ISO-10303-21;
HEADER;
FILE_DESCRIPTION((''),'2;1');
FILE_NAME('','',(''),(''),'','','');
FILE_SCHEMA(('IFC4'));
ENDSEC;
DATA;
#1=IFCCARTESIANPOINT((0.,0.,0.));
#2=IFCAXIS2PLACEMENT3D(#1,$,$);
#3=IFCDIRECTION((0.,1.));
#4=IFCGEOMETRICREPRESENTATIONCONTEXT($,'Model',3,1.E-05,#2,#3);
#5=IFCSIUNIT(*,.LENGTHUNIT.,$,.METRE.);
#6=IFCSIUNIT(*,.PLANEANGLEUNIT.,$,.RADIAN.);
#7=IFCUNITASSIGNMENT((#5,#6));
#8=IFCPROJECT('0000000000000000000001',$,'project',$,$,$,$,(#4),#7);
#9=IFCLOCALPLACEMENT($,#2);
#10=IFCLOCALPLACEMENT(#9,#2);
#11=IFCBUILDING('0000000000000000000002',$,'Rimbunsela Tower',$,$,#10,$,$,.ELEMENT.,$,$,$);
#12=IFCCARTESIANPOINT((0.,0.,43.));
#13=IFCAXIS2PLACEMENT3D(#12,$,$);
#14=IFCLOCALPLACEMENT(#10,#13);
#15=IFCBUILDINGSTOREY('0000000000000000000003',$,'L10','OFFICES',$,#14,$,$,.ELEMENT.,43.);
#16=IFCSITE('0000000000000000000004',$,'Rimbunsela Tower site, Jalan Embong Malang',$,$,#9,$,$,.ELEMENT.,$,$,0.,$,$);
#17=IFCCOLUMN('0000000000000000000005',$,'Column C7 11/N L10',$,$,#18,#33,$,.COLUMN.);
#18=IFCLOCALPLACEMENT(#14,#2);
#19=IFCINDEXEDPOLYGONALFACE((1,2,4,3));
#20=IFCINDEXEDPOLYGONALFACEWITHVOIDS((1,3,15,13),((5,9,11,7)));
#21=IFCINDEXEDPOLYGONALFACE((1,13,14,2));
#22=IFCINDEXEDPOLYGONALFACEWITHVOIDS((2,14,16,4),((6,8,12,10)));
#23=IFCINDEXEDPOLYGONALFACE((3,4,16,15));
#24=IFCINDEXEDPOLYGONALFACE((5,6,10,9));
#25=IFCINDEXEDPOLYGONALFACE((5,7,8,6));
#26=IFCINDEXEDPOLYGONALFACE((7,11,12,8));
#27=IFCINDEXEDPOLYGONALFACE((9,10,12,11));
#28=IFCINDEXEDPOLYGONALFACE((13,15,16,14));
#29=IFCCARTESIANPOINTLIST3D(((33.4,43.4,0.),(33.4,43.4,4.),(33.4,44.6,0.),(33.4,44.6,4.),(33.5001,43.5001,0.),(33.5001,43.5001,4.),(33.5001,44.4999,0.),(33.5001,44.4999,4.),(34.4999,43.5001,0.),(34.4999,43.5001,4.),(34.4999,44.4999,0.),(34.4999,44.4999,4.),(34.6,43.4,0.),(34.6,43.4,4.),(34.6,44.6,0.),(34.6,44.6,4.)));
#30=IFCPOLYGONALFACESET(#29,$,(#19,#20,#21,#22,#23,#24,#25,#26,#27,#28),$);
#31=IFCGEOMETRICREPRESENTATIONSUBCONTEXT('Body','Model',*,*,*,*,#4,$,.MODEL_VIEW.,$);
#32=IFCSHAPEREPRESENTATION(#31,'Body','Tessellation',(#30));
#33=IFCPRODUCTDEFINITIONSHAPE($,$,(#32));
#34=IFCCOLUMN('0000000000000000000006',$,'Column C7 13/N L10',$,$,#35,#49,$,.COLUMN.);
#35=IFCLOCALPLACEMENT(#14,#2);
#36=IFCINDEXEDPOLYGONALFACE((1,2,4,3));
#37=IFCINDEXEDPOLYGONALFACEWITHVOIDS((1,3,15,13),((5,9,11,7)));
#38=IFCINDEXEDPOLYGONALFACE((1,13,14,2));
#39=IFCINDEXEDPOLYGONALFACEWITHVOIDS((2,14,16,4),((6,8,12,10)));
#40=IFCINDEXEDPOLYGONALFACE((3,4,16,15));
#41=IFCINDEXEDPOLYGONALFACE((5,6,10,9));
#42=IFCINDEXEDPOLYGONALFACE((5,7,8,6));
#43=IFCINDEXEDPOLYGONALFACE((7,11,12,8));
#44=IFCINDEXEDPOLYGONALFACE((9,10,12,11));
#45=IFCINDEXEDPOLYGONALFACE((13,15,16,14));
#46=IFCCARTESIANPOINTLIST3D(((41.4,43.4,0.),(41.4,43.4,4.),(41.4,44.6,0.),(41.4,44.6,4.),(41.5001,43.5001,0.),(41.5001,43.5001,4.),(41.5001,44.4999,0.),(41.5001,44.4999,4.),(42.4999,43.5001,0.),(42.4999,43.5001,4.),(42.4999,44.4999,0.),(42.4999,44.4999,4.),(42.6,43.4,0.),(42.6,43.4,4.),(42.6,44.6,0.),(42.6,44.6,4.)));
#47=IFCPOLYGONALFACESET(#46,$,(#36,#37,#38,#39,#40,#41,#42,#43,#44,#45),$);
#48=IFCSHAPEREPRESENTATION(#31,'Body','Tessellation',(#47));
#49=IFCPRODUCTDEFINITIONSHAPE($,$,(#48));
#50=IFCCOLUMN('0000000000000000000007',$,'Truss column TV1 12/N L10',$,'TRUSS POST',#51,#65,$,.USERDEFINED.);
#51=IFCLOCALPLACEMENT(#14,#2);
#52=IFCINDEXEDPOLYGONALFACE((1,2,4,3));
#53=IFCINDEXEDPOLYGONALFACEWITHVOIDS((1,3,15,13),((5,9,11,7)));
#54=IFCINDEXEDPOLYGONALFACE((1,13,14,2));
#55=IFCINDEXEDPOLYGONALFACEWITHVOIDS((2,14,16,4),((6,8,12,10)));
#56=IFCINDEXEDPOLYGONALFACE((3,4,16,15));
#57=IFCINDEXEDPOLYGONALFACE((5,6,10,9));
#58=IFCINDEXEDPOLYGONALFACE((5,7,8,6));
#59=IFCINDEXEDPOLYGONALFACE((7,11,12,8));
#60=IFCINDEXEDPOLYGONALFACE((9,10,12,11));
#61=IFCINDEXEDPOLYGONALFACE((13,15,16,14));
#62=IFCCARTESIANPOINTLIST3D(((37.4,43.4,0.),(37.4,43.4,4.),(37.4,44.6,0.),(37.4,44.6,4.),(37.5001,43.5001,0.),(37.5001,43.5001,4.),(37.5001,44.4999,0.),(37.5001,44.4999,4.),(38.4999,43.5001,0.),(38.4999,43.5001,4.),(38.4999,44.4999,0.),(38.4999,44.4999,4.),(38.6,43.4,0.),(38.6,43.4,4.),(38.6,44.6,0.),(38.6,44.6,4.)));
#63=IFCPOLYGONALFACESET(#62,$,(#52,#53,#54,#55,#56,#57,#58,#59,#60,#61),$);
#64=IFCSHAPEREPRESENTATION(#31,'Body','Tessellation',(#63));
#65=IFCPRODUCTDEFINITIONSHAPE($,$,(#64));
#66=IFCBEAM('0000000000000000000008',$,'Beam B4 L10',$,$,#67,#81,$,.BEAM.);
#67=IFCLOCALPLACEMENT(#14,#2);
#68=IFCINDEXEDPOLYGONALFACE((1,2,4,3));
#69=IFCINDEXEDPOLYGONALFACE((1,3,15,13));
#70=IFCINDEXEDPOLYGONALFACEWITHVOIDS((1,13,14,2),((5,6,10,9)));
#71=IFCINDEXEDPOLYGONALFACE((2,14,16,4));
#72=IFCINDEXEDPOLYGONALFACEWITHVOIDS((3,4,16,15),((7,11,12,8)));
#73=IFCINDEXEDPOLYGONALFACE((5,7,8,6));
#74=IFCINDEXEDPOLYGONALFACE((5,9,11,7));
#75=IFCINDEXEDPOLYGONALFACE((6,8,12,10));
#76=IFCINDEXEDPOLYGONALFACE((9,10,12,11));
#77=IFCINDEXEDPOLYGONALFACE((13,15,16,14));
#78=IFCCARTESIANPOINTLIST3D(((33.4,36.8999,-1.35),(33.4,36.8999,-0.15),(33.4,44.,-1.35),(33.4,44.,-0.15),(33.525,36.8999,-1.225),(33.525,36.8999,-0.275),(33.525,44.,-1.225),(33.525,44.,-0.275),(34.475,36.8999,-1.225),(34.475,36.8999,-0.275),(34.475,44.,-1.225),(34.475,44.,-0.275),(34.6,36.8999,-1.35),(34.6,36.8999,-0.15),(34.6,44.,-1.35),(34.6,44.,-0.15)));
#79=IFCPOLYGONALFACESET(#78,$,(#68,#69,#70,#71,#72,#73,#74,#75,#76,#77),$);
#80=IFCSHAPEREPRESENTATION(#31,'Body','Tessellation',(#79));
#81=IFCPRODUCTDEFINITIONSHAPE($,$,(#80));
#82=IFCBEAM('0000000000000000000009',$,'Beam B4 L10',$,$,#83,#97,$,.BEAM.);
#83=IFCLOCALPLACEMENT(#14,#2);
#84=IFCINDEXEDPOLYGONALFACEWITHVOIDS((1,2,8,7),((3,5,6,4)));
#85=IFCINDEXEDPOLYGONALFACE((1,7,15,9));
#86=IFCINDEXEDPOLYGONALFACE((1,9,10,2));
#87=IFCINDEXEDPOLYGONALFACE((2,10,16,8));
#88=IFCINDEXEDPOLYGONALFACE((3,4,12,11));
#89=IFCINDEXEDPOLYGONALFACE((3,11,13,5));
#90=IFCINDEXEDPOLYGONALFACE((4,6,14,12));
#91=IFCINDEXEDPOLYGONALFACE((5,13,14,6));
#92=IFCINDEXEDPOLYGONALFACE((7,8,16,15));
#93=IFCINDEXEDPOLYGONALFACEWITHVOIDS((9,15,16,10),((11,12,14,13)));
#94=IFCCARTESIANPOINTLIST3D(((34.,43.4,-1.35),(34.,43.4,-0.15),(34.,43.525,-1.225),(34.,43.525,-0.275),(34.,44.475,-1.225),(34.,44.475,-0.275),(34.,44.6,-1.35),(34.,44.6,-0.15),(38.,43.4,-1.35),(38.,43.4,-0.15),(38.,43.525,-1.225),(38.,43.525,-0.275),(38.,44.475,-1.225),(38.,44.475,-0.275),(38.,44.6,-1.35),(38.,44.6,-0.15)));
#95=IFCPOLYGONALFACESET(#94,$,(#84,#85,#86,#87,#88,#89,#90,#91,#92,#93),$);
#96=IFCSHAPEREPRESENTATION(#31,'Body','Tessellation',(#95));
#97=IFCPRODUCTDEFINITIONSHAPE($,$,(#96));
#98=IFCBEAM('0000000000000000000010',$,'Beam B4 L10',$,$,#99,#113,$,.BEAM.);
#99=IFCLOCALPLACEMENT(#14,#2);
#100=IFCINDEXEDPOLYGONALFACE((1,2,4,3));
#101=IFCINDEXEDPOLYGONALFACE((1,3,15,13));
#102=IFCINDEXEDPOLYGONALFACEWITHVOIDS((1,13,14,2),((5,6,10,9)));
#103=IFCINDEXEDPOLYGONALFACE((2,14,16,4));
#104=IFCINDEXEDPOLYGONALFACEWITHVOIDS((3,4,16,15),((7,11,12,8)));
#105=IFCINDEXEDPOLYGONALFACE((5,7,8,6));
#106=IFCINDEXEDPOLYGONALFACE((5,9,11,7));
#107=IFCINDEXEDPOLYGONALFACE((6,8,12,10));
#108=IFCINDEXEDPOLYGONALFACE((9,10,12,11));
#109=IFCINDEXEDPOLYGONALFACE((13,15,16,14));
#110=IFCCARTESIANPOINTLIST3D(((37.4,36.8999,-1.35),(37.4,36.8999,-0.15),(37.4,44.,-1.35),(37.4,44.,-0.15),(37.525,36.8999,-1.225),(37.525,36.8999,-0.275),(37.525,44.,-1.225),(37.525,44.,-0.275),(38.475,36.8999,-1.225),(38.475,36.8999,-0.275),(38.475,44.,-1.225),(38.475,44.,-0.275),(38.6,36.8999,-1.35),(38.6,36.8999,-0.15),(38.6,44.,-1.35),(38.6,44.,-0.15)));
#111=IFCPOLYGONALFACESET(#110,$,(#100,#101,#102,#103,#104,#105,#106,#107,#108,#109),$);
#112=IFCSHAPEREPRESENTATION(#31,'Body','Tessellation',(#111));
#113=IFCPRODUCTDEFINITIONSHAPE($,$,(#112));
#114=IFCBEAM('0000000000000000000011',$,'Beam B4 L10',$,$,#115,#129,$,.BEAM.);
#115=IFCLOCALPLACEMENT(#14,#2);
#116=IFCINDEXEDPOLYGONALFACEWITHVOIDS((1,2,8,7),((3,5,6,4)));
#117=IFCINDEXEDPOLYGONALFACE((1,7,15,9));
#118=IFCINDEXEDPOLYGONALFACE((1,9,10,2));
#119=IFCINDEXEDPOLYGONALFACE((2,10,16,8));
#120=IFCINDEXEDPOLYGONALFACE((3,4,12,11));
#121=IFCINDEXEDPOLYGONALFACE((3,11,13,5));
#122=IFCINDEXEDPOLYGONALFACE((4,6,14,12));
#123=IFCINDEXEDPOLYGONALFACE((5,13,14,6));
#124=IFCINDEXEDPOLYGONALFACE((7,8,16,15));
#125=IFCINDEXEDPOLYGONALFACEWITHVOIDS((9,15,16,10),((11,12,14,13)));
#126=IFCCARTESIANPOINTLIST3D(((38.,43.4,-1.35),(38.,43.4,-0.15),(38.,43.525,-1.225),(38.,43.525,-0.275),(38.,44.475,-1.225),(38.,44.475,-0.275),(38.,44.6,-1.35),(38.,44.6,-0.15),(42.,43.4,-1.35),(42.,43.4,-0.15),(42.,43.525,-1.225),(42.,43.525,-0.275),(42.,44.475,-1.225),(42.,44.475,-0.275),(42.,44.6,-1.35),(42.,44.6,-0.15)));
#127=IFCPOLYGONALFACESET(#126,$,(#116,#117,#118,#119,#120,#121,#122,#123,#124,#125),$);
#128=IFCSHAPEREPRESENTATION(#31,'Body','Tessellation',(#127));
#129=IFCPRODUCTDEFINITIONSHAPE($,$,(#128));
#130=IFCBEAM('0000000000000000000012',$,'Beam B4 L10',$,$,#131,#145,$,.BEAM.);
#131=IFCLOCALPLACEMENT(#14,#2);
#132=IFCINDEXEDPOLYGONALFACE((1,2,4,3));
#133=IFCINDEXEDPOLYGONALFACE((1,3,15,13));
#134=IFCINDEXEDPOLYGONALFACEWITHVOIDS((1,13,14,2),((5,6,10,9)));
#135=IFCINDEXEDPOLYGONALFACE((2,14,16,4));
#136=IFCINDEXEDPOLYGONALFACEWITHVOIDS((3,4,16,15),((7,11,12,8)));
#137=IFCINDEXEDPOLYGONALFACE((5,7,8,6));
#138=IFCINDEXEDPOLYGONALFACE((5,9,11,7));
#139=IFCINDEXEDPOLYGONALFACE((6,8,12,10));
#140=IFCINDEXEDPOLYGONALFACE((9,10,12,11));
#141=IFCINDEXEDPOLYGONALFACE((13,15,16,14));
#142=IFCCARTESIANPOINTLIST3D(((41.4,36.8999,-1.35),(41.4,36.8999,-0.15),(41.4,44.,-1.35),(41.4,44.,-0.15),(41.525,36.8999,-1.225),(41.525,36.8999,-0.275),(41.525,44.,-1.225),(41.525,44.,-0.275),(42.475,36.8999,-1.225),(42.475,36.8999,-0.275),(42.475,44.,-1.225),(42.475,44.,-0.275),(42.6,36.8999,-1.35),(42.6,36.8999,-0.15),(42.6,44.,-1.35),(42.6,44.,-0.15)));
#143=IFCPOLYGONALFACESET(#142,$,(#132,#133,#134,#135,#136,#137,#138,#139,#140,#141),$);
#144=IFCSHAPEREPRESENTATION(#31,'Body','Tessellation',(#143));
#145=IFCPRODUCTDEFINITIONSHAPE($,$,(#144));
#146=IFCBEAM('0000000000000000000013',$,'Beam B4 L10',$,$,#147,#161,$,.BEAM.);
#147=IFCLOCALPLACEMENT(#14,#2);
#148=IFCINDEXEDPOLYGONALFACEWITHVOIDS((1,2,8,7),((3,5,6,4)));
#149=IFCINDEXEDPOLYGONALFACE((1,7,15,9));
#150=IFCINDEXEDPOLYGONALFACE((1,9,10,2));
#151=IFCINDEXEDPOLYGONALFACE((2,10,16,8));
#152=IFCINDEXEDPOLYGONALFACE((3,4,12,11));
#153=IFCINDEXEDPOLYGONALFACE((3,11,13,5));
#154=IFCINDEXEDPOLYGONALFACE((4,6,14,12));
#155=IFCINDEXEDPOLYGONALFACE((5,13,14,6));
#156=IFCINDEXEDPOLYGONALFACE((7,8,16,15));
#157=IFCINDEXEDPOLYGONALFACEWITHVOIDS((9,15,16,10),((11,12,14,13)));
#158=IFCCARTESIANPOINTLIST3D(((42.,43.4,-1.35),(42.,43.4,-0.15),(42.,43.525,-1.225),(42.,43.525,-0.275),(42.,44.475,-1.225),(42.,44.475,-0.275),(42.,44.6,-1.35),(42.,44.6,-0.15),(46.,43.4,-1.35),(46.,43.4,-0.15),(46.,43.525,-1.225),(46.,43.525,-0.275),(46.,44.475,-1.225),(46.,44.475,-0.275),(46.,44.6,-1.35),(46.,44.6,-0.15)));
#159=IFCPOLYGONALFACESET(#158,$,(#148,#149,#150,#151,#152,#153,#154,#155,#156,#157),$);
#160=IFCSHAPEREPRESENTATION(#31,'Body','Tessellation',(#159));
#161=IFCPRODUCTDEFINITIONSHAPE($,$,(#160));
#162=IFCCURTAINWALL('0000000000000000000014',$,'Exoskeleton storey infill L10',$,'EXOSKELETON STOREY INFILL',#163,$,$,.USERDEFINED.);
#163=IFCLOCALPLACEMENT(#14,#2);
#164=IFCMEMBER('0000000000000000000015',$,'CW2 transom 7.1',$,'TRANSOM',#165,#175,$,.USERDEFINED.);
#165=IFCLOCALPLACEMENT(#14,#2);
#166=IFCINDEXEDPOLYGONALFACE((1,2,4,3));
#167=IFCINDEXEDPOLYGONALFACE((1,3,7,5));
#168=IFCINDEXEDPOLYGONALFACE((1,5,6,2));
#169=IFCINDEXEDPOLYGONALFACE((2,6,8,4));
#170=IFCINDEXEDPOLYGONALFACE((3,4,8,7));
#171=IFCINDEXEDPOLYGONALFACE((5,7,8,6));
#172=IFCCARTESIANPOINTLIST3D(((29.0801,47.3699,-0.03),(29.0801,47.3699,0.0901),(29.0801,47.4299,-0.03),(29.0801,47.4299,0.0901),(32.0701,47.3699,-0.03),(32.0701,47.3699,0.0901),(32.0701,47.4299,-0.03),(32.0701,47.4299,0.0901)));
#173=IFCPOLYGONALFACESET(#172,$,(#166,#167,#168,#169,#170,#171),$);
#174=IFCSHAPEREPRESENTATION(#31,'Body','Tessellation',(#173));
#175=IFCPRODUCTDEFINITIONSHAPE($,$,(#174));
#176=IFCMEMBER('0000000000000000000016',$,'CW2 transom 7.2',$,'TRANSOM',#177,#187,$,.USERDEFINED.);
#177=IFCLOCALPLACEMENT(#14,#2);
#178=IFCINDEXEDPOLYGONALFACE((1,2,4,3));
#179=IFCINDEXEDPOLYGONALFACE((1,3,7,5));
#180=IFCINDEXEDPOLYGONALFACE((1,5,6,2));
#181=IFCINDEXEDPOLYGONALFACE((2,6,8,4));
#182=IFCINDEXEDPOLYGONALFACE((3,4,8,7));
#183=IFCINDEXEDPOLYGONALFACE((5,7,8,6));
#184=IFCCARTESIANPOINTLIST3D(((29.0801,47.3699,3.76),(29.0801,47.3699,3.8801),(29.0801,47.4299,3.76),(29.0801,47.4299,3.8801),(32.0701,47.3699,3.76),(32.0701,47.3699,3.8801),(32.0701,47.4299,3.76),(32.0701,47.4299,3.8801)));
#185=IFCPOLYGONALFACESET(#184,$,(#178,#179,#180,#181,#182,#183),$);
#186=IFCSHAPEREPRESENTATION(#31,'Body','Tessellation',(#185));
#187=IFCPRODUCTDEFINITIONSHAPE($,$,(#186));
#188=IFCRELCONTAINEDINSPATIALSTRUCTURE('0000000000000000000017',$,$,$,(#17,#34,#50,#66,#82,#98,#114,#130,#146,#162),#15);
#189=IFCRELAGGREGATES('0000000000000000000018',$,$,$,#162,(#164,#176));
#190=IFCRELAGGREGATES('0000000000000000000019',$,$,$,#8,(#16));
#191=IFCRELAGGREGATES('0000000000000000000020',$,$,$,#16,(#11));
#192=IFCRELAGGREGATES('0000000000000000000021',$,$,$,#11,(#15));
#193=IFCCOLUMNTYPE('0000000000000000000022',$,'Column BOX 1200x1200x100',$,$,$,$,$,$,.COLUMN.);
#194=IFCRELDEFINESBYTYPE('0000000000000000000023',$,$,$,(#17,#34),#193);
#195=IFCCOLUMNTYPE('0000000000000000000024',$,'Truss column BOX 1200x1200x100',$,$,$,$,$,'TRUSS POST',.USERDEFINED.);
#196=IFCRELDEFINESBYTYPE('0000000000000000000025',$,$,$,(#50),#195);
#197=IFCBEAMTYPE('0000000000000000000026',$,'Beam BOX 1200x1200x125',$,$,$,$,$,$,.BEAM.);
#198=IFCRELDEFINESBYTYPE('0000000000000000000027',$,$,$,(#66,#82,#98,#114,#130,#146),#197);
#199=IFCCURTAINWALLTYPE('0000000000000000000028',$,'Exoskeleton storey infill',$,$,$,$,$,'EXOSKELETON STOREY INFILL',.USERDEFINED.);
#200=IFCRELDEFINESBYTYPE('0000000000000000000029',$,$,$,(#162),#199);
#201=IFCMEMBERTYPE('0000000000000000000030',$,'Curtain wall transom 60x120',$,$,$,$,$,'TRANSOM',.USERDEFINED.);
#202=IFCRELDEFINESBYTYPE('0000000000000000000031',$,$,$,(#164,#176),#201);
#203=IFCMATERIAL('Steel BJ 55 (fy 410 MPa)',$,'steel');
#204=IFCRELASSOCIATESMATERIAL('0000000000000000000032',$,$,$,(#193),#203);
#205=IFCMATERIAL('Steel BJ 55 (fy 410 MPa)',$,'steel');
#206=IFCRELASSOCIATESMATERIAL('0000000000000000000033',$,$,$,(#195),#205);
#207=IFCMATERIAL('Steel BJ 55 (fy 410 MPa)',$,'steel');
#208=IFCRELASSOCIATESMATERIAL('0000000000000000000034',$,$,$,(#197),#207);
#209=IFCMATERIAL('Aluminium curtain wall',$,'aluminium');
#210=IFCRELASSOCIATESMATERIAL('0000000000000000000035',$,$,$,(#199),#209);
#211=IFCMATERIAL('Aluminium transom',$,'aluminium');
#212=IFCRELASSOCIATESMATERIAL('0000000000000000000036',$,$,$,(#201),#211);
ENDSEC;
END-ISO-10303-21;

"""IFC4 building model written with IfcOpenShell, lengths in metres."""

from ifc_helpers import new_model, si_unit, direction, frame, origin, origin_2d, place, context, subcontext, project, spatial, rectangle, hollow_rectangle, extrude, material, material_profile, profile_set, type_object, element, aggregate, save


model = new_model("IFC4")

# Units and contexts
model_context = context("Model", 3, precision=1e-05, world=origin(), true_north=direction((0.0, 1.0)))
body_context = subcontext(model_context, "Body", "Model", "MODEL_VIEW")
ifc_project = project(units=[si_unit("LENGTHUNIT", "METRE"), si_unit("PLANEANGLEUNIT", "RADIAN")], contexts=[model_context])

# Site, building, storey
site_placement = place(None, origin())
site = spatial("IfcSite", under=ifc_project, at=site_placement, Name="Rimbunsela Tower site, Jalan Embong Malang", CompositionType="ELEMENT", RefElevation=0.0)
building_placement = place(site_placement, origin())
building = spatial("IfcBuilding", under=site, at=building_placement, Name="Rimbunsela Tower", CompositionType="ELEMENT")
storey_placement = place(building_placement, frame((0.0, 0.0, 43.0)))
storey = spatial("IfcBuildingStorey", under=building, at=storey_placement, Name="L10", Description="OFFICES", CompositionType="ELEMENT", Elevation=43.0)

# Columns
ifc_material_1 = material(Name="Steel BJ 55 (fy 410 MPa)", Category="steel")
ifc_material_profile_1 = material_profile(ifc_material_1, hollow_rectangle(XDim=1.2, YDim=1.2, WallThickness=0.1001, at=origin_2d()), Name="BOX 1200x1200x100")
ifc_profile_set_1 = profile_set([ifc_material_profile_1], Name="Steel BJ 55 (fy 410 MPa)")
column_type_1 = type_object("IfcColumnType", Name="Column BOX 1200x1200x100", PredefinedType="COLUMN", material=ifc_profile_set_1)
for number, where, z_axis, x_axis, name in (
    (1, (34.0, 44.0, 0.0), (0.0, 0.0, 1.0), (1.0, 0.0, 0.0), "Column C7 11/N L10"),
    (2, (42.0, 44.0, 0.0), (0.0, 0.0, 1.0), (1.0, 0.0, 0.0), "Column C7 13/N L10"),
):
    element("IfcColumn", number, at=place(storey_placement, frame(where, z_axis=z_axis, x_axis=x_axis)), inside=storey, type_object=column_type_1, Name=name, PredefinedType="COLUMN", context=body_context, shape_type="SweptSolid", body=[
        extrude(hollow_rectangle(XDim=1.2, YDim=1.2, WallThickness=0.1001, at=origin_2d()), origin(), (0.0, 0.0, 1.0), 4.0),
    ])
ifc_material_2 = material(Name="Steel BJ 55 (fy 410 MPa)", Category="steel")
ifc_material_profile_2 = material_profile(ifc_material_2, hollow_rectangle(XDim=1.2, YDim=1.2, WallThickness=0.1001, at=origin_2d()), Name="BOX 1200x1200x100")
ifc_profile_set_2 = profile_set([ifc_material_profile_2], Name="Steel BJ 55 (fy 410 MPa)")
column_type_2 = type_object("IfcColumnType", Name="Truss column BOX 1200x1200x100", ElementType="TRUSS POST", PredefinedType="USERDEFINED", material=ifc_profile_set_2)
column_placement = place(storey_placement, frame((38.0, 44.0, 0.0), z_axis=(0.0, 0.0, 1.0), x_axis=(1.0, 0.0, 0.0)))
element("IfcColumn", 3, at=column_placement, inside=storey, type_object=column_type_2, Name="Truss column TV1 12/N L10", ObjectType="TRUSS POST", PredefinedType="USERDEFINED", context=body_context, shape_type="SweptSolid", body=[
    extrude(hollow_rectangle(XDim=1.2, YDim=1.2, WallThickness=0.1001, at=origin_2d()), origin(), (0.0, 0.0, 1.0), 4.0),
])

# Beams
ifc_material_3 = material(Name="Steel BJ 55 (fy 410 MPa)", Category="steel")
ifc_material_profile_3 = material_profile(ifc_material_3, hollow_rectangle(XDim=1.2, YDim=1.2, WallThickness=0.125, at=origin_2d()), Name="BOX 1200x1200x125")
ifc_profile_set_3 = profile_set([ifc_material_profile_3], Name="Steel BJ 55 (fy 410 MPa)")
beam_type_1 = type_object("IfcBeamType", Name="Beam BOX 1200x1200x125", PredefinedType="BEAM", material=ifc_profile_set_3)
beam_1_placement = place(storey_placement, frame((34.0, 36.8999, -0.75), z_axis=(0.0, 1.0, 0.0), x_axis=(-1.0, 0.0, 0.0)))
element("IfcBeam", 4, at=beam_1_placement, inside=storey, type_object=beam_type_1, Name="Beam B4 L10", PredefinedType="BEAM", context=body_context, shape_type="SweptSolid", body=[
    extrude(hollow_rectangle(XDim=1.2, YDim=1.2, WallThickness=0.125, at=origin_2d()), origin(), (0.0, 0.0, 1.0), 7.1001),
])
beam_2_placement = place(storey_placement, frame((34.0, 44.0, -0.75), z_axis=(1.0, 0.0, 0.0), x_axis=(0.0, 1.0, 0.0)))
element("IfcBeam", 5, at=beam_2_placement, inside=storey, type_object=beam_type_1, Name="Beam B4 L10", PredefinedType="BEAM", context=body_context, shape_type="SweptSolid", body=[
    extrude(hollow_rectangle(XDim=1.2, YDim=1.2, WallThickness=0.125, at=origin_2d()), origin(), (0.0, 0.0, 1.0), 4.0),
])
beam_3_placement = place(storey_placement, frame((38.0, 36.8999, -0.75), z_axis=(0.0, 1.0, 0.0), x_axis=(-1.0, 0.0, 0.0)))
element("IfcBeam", 6, at=beam_3_placement, inside=storey, type_object=beam_type_1, Name="Beam B4 L10", PredefinedType="BEAM", context=body_context, shape_type="SweptSolid", body=[
    extrude(hollow_rectangle(XDim=1.2, YDim=1.2, WallThickness=0.125, at=origin_2d()), origin(), (0.0, 0.0, 1.0), 7.1001),
])
beam_4_placement = place(storey_placement, frame((38.0, 44.0, -0.75), z_axis=(1.0, 0.0, 0.0), x_axis=(0.0, 1.0, 0.0)))
element("IfcBeam", 7, at=beam_4_placement, inside=storey, type_object=beam_type_1, Name="Beam B4 L10", PredefinedType="BEAM", context=body_context, shape_type="SweptSolid", body=[
    extrude(hollow_rectangle(XDim=1.2, YDim=1.2, WallThickness=0.125, at=origin_2d()), origin(), (0.0, 0.0, 1.0), 4.0),
])
beam_5_placement = place(storey_placement, frame((42.0, 36.8999, -0.75), z_axis=(0.0, 1.0, 0.0), x_axis=(-1.0, 0.0, 0.0)))
element("IfcBeam", 8, at=beam_5_placement, inside=storey, type_object=beam_type_1, Name="Beam B4 L10", PredefinedType="BEAM", context=body_context, shape_type="SweptSolid", body=[
    extrude(hollow_rectangle(XDim=1.2, YDim=1.2, WallThickness=0.125, at=origin_2d()), origin(), (0.0, 0.0, 1.0), 7.1001),
])
beam_6_placement = place(storey_placement, frame((42.0, 44.0, -0.75), z_axis=(1.0, 0.0, 0.0), x_axis=(0.0, 1.0, 0.0)))
element("IfcBeam", 9, at=beam_6_placement, inside=storey, type_object=beam_type_1, Name="Beam B4 L10", PredefinedType="BEAM", context=body_context, shape_type="SweptSolid", body=[
    extrude(hollow_rectangle(XDim=1.2, YDim=1.2, WallThickness=0.125, at=origin_2d()), origin(), (0.0, 0.0, 1.0), 4.0),
])

# Curtain wall, members
ifc_material_4 = material(Name="Aluminium curtain wall", Category="aluminium")
curtain_wall_type = type_object("IfcCurtainWallType", Name="Exoskeleton storey infill", ElementType="EXOSKELETON STOREY INFILL", PredefinedType="USERDEFINED", material=ifc_material_4)
curtain_wall_placement = place(storey_placement, origin())
curtain_wall = element("IfcCurtainWall", 10, at=curtain_wall_placement, inside=storey, type_object=curtain_wall_type, Name="Exoskeleton storey infill L10", ObjectType="EXOSKELETON STOREY INFILL", PredefinedType="USERDEFINED")
ifc_material_5 = material(Name="Aluminium transom", Category="aluminium")
ifc_material_profile_4 = material_profile(ifc_material_5, rectangle(XDim=0.0601, YDim=0.1201, at=origin_2d()), Name="Transom 60x120")
ifc_profile_set_4 = profile_set([ifc_material_profile_4], Name="Aluminium transom")
member_type_1 = type_object("IfcMemberType", Name="Curtain wall transom 60x120", ElementType="TRANSOM", PredefinedType="USERDEFINED", material=ifc_profile_set_4)
member_1_placement = place(storey_placement, frame((32.0701, 47.3999, 0.03), z_axis=(-1.0, 0.0, 0.0), x_axis=(0.0, -1.0, 0.0)))
member_1 = element("IfcMember", 11, at=member_1_placement, type_object=member_type_1, Name="CW2 transom 7.1", ObjectType="TRANSOM", PredefinedType="USERDEFINED", context=body_context, shape_type="SweptSolid", body=[
    extrude(rectangle(XDim=0.0601, YDim=0.1201, at=origin_2d()), origin(), (0.0, 0.0, 1.0), 2.99),
])
member_2_placement = place(storey_placement, frame((32.0701, 47.3999, 3.8201), z_axis=(-1.0, 0.0, 0.0), x_axis=(0.0, -1.0, 0.0)))
member_2 = element("IfcMember", 12, at=member_2_placement, type_object=member_type_1, Name="CW2 transom 7.2", ObjectType="TRANSOM", PredefinedType="USERDEFINED", context=body_context, shape_type="SweptSolid", body=[
    extrude(rectangle(XDim=0.0601, YDim=0.1201, at=origin_2d()), origin(), (0.0, 0.0, 1.0), 2.99),
])
aggregate(curtain_wall, [member_1, member_2])

save(model, "model.ifc")
